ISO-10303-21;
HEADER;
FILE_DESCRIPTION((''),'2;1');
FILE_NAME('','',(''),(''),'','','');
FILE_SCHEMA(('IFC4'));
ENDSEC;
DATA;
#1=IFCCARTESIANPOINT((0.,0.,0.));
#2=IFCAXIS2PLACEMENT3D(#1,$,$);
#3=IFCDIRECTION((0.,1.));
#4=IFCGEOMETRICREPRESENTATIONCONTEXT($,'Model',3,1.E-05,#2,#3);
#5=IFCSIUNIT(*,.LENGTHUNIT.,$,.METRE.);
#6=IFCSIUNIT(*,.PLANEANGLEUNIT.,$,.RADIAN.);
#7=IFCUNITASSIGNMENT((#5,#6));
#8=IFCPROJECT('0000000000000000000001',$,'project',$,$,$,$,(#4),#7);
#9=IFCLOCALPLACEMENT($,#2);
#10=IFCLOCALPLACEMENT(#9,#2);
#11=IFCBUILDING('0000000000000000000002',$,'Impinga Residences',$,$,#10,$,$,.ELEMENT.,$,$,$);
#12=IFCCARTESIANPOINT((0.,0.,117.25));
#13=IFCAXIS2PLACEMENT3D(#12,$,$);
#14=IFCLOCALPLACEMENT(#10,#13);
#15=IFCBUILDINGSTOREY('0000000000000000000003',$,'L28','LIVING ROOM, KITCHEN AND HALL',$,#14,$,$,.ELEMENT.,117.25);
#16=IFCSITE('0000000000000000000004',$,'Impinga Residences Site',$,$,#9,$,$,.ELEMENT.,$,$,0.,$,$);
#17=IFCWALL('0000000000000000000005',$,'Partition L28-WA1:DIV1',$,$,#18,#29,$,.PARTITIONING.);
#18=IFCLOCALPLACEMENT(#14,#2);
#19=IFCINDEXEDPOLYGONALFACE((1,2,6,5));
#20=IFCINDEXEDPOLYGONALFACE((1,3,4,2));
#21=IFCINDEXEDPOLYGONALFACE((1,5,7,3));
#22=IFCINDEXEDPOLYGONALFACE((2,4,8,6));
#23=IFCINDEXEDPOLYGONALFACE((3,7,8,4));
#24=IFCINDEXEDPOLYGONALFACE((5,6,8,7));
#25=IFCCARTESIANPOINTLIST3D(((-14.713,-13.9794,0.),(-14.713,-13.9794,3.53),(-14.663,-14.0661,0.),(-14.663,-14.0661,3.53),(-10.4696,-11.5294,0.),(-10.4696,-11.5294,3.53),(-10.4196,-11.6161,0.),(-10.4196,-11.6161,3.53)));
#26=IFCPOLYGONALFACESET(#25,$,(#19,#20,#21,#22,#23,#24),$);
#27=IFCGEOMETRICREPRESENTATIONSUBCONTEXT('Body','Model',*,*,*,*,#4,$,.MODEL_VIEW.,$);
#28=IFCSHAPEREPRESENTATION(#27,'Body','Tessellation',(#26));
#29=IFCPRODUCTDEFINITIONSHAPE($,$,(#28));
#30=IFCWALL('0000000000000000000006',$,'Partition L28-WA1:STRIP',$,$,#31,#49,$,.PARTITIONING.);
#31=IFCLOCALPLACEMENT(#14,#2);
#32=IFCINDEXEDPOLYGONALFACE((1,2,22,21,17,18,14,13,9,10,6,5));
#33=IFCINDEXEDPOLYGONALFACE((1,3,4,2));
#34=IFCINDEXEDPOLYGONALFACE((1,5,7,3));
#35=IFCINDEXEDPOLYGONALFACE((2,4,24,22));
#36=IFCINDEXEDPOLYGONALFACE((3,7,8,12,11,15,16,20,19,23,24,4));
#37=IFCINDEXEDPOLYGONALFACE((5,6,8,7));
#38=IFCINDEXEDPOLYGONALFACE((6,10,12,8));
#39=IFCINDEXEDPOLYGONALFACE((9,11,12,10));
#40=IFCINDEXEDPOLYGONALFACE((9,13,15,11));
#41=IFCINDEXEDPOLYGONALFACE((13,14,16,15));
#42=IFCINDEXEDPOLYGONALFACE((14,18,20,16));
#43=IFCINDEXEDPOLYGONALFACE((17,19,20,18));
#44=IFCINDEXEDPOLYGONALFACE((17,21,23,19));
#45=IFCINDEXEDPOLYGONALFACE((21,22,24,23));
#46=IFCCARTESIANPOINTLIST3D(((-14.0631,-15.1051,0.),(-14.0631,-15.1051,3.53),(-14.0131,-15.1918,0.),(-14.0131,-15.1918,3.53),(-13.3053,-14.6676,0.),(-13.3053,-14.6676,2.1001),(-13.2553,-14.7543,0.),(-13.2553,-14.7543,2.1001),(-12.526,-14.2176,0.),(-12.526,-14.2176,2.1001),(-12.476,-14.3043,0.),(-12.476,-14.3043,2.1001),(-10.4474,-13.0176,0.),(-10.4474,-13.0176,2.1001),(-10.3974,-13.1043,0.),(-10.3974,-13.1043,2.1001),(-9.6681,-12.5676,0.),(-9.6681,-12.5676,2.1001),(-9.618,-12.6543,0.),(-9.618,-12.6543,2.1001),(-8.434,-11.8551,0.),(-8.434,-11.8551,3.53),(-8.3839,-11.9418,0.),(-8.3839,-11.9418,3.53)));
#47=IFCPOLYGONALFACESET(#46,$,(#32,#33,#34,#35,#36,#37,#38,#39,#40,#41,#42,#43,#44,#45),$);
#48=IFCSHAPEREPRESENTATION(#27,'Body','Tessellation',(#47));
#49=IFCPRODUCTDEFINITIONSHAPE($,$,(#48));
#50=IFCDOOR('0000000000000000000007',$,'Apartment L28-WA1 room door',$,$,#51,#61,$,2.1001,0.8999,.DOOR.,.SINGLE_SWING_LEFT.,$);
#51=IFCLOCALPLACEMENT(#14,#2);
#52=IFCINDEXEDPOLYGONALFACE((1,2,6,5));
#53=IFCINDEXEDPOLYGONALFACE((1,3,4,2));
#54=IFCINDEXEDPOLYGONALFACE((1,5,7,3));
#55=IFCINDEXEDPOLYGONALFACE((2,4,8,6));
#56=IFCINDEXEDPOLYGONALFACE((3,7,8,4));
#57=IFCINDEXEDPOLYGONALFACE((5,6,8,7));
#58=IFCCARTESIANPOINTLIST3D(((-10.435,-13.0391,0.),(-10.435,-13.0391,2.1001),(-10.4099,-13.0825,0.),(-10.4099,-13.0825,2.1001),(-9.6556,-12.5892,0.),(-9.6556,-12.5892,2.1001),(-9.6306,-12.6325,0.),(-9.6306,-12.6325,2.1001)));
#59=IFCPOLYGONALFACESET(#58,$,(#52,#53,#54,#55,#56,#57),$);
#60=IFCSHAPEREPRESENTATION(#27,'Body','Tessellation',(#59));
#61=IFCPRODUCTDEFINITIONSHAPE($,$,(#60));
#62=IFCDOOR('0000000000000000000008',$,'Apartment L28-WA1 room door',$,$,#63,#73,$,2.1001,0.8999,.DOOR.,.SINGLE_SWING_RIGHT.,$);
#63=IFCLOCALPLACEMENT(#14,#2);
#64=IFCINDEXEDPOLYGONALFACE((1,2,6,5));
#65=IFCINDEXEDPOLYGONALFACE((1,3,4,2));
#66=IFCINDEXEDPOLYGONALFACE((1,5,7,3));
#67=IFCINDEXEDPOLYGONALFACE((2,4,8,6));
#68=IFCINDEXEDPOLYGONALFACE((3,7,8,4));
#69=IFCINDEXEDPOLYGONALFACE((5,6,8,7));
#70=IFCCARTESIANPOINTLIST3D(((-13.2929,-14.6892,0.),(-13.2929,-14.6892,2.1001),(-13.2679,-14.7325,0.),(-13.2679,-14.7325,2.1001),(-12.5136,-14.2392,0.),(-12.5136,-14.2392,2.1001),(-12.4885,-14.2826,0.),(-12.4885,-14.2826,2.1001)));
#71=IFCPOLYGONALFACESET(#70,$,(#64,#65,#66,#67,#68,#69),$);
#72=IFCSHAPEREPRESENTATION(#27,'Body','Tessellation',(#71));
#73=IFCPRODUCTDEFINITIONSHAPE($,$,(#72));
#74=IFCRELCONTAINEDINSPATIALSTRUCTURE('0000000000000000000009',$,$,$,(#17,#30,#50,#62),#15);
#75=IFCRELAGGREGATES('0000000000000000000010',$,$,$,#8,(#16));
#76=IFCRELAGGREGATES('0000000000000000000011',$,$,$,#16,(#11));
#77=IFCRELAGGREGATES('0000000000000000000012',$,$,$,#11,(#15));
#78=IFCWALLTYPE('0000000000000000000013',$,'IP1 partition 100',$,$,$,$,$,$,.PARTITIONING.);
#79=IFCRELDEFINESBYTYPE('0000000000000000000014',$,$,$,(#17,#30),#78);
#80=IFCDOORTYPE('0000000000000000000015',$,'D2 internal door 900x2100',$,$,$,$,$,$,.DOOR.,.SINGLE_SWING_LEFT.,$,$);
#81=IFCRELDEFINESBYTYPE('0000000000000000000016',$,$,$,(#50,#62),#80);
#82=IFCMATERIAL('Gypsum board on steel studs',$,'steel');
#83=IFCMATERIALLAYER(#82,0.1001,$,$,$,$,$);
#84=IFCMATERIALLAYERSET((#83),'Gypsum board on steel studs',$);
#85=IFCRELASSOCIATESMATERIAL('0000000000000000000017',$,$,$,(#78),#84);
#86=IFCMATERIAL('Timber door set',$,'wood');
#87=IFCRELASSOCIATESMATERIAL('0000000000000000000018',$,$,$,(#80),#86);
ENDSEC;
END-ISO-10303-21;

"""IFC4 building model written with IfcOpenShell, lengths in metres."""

from ifc_helpers import new_model, si_unit, direction, frame, frame_2d, origin, place, context, subcontext, project, spatial, rectangle, extrude, material, layer, layer_set, type_object, element, fill, save


model = new_model("IFC4")

# Units and contexts
model_context = context("Model", 3, precision=1e-05, world=origin(), true_north=direction((0.0, 1.0)))
body_context = subcontext(model_context, "Body", "Model", "MODEL_VIEW")
ifc_project = project(units=[si_unit("LENGTHUNIT", "METRE"), si_unit("PLANEANGLEUNIT", "RADIAN")], contexts=[model_context])

# Site, building, storey
site_placement = place(None, origin())
site = spatial("IfcSite", under=ifc_project, at=site_placement, Name="Impinga Residences Site", CompositionType="ELEMENT", RefElevation=0.0)
building_placement = place(site_placement, origin())
building = spatial("IfcBuilding", under=site, at=building_placement, Name="Impinga Residences", CompositionType="ELEMENT")
storey_placement = place(building_placement, frame((0.0, 0.0, 117.25)))
storey = spatial("IfcBuildingStorey", under=building, at=storey_placement, Name="L28", Description="LIVING ROOM, KITCHEN AND HALL", CompositionType="ELEMENT", Elevation=117.25)

# Wall
ifc_material_1 = material(Name="Gypsum board on steel studs", Category="steel")
ifc_layer_1 = layer(ifc_material_1, 0.1001)
ifc_layer_set_1 = layer_set([ifc_layer_1], Name="Gypsum board on steel studs")
wall_type_1 = type_object("IfcWallType", Name="IP1 partition 100", PredefinedType="PARTITIONING", material=ifc_layer_set_1)
wall_1_placement = place(storey_placement, frame((-10.4446, -11.5728, 0.0), z_axis=(0.0, 0.0, 1.0), x_axis=(-0.866024, -0.500003, 0.0)))
element("IfcWall", 1, at=wall_1_placement, inside=storey, type_object=wall_type_1, Name="Partition L28-WA1:DIV1", PredefinedType="PARTITIONING", context=body_context, shape_type="SweptSolid", body=[
    extrude(rectangle(XDim=4.8999, YDim=0.1001, at=frame_2d((2.45, 0.0))), origin(), (0.0, 0.0, 1.0), 3.53),
])

# Wall, openings, doors
wall_2_placement = place(storey_placement, frame((-8.4089, -11.8984, 0.0), z_axis=(0.0, 0.0, 1.0), x_axis=(-0.866025, -0.500001, 0.0)))
wall_2 = element("IfcWall", 2, at=wall_2_placement, inside=storey, type_object=wall_type_1, Name="Partition L28-WA1:STRIP", PredefinedType="PARTITIONING", context=body_context, shape_type="SweptSolid", body=[
    extrude(rectangle(XDim=6.5, YDim=0.1001, at=frame_2d((3.25, 0.0))), origin(), (0.0, 0.0, 1.0), 3.53),
])
opening_1_placement = place(wall_2_placement, frame((1.425, 0.0, 0.0)))
opening_1 = element("IfcOpeningElement", 3, at=opening_1_placement, cuts=wall_2, PredefinedType="OPENING", context=body_context, shape_type="SweptSolid", body=[
    extrude(rectangle(XDim=0.8999, YDim=2.1001, at=frame_2d((0.45, 1.05))), frame((0.0, 0.0601, 0.0), z_axis=(0.0, -1.0, 0.0), x_axis=(1.0, 0.0, 0.0)), (0.0, 0.0, 1.0), 0.1201),
])
opening_2_placement = place(wall_2_placement, frame((4.7251, 0.0, 0.0)))
opening_2 = element("IfcOpeningElement", 4, at=opening_2_placement, cuts=wall_2, PredefinedType="OPENING", context=body_context, shape_type="SweptSolid", body=[
    extrude(rectangle(XDim=0.8999, YDim=2.1001, at=frame_2d((0.45, 1.05))), frame((0.0, 0.0601, 0.0), z_axis=(0.0, -1.0, 0.0), x_axis=(1.0, 0.0, 0.0)), (0.0, 0.0, 1.0), 0.1201),
])
ifc_material_2 = material(Name="Timber door set", Category="wood")
door_type = type_object("IfcDoorType", Name="D2 internal door 900x2100", OperationType="SINGLE_SWING_LEFT", PredefinedType="DOOR", material=ifc_material_2)
door_1_placement = place(opening_1_placement, origin())
door_1 = element("IfcDoor", 5, at=door_1_placement, inside=storey, type_object=door_type, Name="Apartment L28-WA1 room door", OperationType="SINGLE_SWING_LEFT", OverallHeight=2.1001, OverallWidth=0.8999, PredefinedType="DOOR", context=body_context, shape_type="SweptSolid", body=[
    extrude(rectangle(XDim=0.8999, YDim=2.1001, at=frame_2d((0.45, 1.05))), frame((0.0, 0.0249, 0.0), z_axis=(0.0, -1.0, 0.0), x_axis=(1.0, 0.0, 0.0)), (0.0, 0.0, 1.0), 0.05),
])
fill(opening_1, door_1)
door_2_placement = place(opening_2_placement, origin())
door_2 = element("IfcDoor", 6, at=door_2_placement, inside=storey, type_object=door_type, Name="Apartment L28-WA1 room door", OperationType="SINGLE_SWING_RIGHT", OverallHeight=2.1001, OverallWidth=0.8999, PredefinedType="DOOR", context=body_context, shape_type="SweptSolid", body=[
    extrude(rectangle(XDim=0.8999, YDim=2.1001, at=frame_2d((0.45, 1.05))), frame((0.0, 0.0249, 0.0), z_axis=(0.0, -1.0, 0.0), x_axis=(1.0, 0.0, 0.0)), (0.0, 0.0, 1.0), 0.05),
])
fill(opening_2, door_2)

save(model, "model.ifc")
